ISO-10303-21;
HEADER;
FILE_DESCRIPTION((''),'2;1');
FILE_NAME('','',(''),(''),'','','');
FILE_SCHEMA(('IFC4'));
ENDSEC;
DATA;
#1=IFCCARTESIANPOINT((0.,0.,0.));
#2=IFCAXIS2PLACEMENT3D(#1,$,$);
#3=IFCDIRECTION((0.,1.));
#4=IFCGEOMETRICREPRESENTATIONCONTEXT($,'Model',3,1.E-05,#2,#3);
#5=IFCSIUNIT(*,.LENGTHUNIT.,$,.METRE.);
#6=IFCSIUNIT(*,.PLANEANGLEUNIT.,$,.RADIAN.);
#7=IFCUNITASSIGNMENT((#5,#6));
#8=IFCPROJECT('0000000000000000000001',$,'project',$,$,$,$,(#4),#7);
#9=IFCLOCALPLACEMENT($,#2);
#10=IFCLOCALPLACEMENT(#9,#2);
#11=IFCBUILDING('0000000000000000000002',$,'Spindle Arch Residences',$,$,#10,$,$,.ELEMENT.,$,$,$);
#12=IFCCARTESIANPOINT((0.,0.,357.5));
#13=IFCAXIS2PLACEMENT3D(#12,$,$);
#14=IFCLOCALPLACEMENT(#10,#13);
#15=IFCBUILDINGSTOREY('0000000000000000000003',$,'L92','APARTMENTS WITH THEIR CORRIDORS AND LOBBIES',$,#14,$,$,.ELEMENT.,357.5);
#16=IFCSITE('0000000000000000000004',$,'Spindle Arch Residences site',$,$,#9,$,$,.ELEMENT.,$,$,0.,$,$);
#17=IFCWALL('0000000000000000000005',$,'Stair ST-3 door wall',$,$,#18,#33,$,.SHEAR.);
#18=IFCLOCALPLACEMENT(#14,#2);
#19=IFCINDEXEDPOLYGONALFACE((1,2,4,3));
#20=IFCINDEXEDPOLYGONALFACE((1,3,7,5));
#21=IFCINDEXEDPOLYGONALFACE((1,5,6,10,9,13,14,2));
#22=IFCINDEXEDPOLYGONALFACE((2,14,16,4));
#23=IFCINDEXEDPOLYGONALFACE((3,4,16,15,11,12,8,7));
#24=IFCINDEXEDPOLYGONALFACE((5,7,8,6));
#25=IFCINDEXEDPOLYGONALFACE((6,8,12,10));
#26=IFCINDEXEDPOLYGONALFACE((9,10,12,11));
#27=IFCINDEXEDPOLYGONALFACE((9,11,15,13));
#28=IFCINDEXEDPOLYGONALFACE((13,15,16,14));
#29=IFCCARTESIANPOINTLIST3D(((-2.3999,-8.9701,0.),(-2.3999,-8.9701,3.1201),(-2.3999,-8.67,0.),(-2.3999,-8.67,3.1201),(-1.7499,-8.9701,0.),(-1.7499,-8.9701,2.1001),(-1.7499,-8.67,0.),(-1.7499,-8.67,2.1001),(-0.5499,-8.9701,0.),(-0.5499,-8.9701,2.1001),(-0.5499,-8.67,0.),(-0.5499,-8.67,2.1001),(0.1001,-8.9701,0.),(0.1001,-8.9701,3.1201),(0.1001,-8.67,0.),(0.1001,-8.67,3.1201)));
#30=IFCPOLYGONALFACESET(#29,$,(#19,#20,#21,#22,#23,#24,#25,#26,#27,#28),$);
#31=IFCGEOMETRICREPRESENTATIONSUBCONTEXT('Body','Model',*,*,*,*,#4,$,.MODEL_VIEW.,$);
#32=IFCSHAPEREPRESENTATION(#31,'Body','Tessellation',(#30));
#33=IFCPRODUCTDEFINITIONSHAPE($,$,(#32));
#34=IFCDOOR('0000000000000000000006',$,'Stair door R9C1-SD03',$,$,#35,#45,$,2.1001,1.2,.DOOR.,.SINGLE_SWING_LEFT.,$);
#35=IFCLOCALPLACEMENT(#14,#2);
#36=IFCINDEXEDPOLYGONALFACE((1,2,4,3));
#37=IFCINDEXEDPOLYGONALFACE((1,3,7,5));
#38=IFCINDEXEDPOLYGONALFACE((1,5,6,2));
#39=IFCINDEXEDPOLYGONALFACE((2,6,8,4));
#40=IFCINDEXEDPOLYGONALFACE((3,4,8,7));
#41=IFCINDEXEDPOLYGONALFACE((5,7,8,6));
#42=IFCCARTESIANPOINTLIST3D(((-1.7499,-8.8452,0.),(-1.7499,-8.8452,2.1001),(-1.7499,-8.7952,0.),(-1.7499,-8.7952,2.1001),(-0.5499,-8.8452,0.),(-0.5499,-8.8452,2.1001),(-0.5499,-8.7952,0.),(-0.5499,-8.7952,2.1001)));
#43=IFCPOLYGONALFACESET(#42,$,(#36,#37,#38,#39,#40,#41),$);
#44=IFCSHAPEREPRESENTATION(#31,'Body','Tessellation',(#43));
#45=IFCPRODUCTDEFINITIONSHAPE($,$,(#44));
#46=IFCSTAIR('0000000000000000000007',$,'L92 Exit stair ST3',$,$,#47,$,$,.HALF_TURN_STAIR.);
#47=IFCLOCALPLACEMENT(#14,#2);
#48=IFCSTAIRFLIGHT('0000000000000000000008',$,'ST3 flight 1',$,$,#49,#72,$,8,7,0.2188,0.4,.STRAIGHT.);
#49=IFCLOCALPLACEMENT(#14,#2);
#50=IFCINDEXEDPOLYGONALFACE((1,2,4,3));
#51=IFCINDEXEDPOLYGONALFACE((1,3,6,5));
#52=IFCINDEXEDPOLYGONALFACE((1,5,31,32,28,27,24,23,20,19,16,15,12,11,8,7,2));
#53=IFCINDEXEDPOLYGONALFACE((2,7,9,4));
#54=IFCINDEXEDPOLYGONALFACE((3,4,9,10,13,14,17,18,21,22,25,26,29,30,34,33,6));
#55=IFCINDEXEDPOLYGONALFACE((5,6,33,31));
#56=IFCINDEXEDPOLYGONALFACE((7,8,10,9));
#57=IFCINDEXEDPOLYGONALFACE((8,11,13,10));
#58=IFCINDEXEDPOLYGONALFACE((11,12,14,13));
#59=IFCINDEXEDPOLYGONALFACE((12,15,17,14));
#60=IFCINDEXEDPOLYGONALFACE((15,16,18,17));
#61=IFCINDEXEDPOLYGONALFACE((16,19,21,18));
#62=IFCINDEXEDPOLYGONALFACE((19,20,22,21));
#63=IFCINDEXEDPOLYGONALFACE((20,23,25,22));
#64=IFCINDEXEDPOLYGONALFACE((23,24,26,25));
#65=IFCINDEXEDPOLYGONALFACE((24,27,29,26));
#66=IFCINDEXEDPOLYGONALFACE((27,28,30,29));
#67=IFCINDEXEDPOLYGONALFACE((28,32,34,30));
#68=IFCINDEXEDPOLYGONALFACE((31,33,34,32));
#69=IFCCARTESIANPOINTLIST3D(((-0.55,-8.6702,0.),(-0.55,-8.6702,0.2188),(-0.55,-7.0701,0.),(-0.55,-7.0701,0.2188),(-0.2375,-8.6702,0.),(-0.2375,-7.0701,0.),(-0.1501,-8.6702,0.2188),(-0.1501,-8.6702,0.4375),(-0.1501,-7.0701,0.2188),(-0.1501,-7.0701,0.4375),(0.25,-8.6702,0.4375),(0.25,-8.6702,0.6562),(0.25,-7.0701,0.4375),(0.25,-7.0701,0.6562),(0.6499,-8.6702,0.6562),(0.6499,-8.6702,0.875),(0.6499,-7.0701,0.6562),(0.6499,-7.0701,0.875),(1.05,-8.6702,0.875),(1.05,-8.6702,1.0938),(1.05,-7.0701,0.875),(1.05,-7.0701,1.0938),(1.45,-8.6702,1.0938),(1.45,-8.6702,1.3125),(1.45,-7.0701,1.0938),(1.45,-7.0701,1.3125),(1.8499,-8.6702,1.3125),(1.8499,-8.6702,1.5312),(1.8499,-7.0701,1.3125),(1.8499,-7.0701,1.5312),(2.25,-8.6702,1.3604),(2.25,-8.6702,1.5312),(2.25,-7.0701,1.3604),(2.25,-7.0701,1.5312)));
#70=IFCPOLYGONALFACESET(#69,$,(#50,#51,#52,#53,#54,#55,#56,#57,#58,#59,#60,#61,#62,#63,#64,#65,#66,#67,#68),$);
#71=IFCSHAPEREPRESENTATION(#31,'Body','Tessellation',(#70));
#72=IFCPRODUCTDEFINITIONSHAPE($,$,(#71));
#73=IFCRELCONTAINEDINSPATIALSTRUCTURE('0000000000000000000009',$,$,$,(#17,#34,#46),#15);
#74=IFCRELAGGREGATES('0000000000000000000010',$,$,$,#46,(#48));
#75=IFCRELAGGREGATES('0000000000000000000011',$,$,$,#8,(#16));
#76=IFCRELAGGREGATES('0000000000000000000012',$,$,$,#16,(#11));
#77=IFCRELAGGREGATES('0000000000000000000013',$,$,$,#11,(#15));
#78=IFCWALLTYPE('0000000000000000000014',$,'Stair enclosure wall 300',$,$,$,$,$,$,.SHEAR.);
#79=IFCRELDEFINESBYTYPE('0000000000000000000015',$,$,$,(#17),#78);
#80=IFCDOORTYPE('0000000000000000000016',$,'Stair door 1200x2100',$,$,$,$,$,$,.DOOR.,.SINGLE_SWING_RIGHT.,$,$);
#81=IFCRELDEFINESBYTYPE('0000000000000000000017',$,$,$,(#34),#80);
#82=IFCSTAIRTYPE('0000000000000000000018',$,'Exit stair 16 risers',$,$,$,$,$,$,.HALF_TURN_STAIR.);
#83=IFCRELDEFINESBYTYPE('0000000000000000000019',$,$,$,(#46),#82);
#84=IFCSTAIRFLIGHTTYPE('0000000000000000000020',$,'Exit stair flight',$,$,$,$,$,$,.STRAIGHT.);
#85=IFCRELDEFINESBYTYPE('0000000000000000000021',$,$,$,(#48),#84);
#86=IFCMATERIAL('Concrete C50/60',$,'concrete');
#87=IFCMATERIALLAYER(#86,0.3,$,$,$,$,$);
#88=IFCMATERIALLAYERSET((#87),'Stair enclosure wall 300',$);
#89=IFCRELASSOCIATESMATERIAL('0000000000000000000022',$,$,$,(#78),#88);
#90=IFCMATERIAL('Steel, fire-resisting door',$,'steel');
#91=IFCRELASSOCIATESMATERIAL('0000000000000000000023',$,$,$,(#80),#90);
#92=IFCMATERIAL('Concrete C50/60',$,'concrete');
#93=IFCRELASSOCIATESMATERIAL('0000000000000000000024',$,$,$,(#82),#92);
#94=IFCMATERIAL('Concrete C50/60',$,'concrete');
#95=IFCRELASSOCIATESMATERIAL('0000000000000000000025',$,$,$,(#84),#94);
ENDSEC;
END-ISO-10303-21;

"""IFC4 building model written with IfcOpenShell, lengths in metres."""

from ifc_helpers import new_model, si_unit, direction, frame, frame_2d, origin, place, context, subcontext, project, spatial, polyline, rectangle, outline, extrude, material, layer, layer_set, type_object, element, fill, aggregate, save


model = new_model("IFC4")

# Units and contexts
model_context = context("Model", 3, precision=1e-05, world=origin(), true_north=direction((0.0, 1.0)))
body_context = subcontext(model_context, "Body", "Model", "MODEL_VIEW")
ifc_project = project(units=[si_unit("LENGTHUNIT", "METRE"), si_unit("PLANEANGLEUNIT", "RADIAN")], contexts=[model_context])

# Site, building, storey
site_placement = place(None, origin())
site = spatial("IfcSite", under=ifc_project, at=site_placement, Name="Spindle Arch Residences site", CompositionType="ELEMENT", RefElevation=0.0)
building_placement = place(site_placement, origin())
building = spatial("IfcBuilding", under=site, at=building_placement, Name="Spindle Arch Residences", CompositionType="ELEMENT")
storey_placement = place(building_placement, frame((0.0, 0.0, 357.5)))
storey = spatial("IfcBuildingStorey", under=building, at=storey_placement, Name="L92", Description="APARTMENTS WITH THEIR CORRIDORS AND LOBBIES", CompositionType="ELEMENT", Elevation=357.5)

# Wall, opening, door
ifc_material_1 = material(Name="Concrete C50/60", Category="concrete")
ifc_layer_1 = layer(ifc_material_1, 0.3)
ifc_layer_set_1 = layer_set([ifc_layer_1], Name="Stair enclosure wall 300")
wall_type_1 = type_object("IfcWallType", Name="Stair enclosure wall 300", PredefinedType="SHEAR", material=ifc_layer_set_1)
wall_1_placement = place(storey_placement, frame((-2.3999, -8.8201, 0.0), z_axis=(0.0, 0.0, 1.0), x_axis=(1.0, 0.0, 0.0)))
wall_1 = element("IfcWall", 1, at=wall_1_placement, inside=storey, type_object=wall_type_1, Name="Stair ST-3 door wall", PredefinedType="SHEAR", context=body_context, shape_type="SweptSolid", body=[
    extrude(rectangle(XDim=2.5, YDim=0.3, at=frame_2d((1.25, 0.0))), origin(), (0.0, 0.0, 1.0), 3.1201),
])
opening_1_placement = place(wall_1_placement, frame((0.6499, 0.0, 0.0)))
opening_1 = element("IfcOpeningElement", 2, at=opening_1_placement, cuts=wall_1, PredefinedType="OPENING", context=body_context, shape_type="SweptSolid", body=[
    extrude(rectangle(XDim=1.2, YDim=2.1001, at=frame_2d((0.6001, 1.05))), frame((0.0, 0.1602, 0.0), z_axis=(0.0, -1.0, 0.0), x_axis=(1.0, 0.0, 0.0)), (0.0, 0.0, 1.0), 0.3201),
])
ifc_material_2 = material(Name="Steel, fire-resisting door", Category="steel")
door_type_1 = type_object("IfcDoorType", Name="Stair door 1200x2100", OperationType="SINGLE_SWING_RIGHT", PredefinedType="DOOR", material=ifc_material_2)
door_1_placement = place(opening_1_placement, origin())
door_1 = element("IfcDoor", 3, at=door_1_placement, inside=storey, type_object=door_type_1, Name="Stair door R9C1-SD03", OperationType="SINGLE_SWING_LEFT", OverallHeight=2.1001, OverallWidth=1.2, PredefinedType="DOOR", context=body_context, shape_type="SweptSolid", body=[
    extrude(rectangle(XDim=1.2, YDim=2.1001, at=frame_2d((0.6001, 1.05))), frame((0.0, 0.0249, 0.0), z_axis=(0.0, -1.0, 0.0), x_axis=(1.0, 0.0, 0.0)), (0.0, 0.0, 1.0), 0.05),
])
fill(opening_1, door_1)

# Stair, stair flight
ifc_material_3 = material(Name="Concrete C50/60", Category="concrete")
stair_type = type_object("IfcStairType", Name="Exit stair 16 risers", PredefinedType="HALF_TURN_STAIR", material=ifc_material_3)
stair_placement = place(storey_placement, origin())
stair = element("IfcStair", 4, at=stair_placement, inside=storey, type_object=stair_type, Name="L92 Exit stair ST3", PredefinedType="HALF_TURN_STAIR")
ifc_material_4 = material(Name="Concrete C50/60", Category="concrete")
stair_flight_type = type_object("IfcStairFlightType", Name="Exit stair flight", PredefinedType="STRAIGHT", material=ifc_material_4)
stair_flight_placement = place(storey_placement, frame((-0.55, -7.8701, 0.0), z_axis=(0.0, 0.0, 1.0), x_axis=(1.0, 0.0, 0.0)))
stair_flight = element("IfcStairFlight", 5, at=stair_flight_placement, type_object=stair_flight_type, Name="ST3 flight 1", NumberOfRisers=8, NumberOfTreads=7, PredefinedType="STRAIGHT", RiserHeight=0.2188, TreadLength=0.4, context=body_context, shape_type="SweptSolid", body=[
    extrude(outline(polyline([(0.0, 0.0), (0.0, 0.2188), (0.3999, 0.2188), (0.3999, 0.4375), (0.8, 0.4375), (0.8, 0.6562), (1.2, 0.6562), (1.2, 0.875), (1.6001, 0.875), (1.6001, 1.0938), (2.0, 1.0938), (2.0, 1.3125), (2.3999, 1.3125), (2.3999, 1.5312), (2.8, 1.5312), (2.8, 1.75), (2.8, 1.3604), (0.3125, 0.0), (0.0, 0.0)])), frame((0.0, 0.8, 0.0), z_axis=(0.0, -1.0, 0.0), x_axis=(1.0, 0.0, 0.0)), (0.0, 0.0, 1.0), 1.6001),
])
aggregate(stair, [stair_flight])

save(model, "model.ifc")
